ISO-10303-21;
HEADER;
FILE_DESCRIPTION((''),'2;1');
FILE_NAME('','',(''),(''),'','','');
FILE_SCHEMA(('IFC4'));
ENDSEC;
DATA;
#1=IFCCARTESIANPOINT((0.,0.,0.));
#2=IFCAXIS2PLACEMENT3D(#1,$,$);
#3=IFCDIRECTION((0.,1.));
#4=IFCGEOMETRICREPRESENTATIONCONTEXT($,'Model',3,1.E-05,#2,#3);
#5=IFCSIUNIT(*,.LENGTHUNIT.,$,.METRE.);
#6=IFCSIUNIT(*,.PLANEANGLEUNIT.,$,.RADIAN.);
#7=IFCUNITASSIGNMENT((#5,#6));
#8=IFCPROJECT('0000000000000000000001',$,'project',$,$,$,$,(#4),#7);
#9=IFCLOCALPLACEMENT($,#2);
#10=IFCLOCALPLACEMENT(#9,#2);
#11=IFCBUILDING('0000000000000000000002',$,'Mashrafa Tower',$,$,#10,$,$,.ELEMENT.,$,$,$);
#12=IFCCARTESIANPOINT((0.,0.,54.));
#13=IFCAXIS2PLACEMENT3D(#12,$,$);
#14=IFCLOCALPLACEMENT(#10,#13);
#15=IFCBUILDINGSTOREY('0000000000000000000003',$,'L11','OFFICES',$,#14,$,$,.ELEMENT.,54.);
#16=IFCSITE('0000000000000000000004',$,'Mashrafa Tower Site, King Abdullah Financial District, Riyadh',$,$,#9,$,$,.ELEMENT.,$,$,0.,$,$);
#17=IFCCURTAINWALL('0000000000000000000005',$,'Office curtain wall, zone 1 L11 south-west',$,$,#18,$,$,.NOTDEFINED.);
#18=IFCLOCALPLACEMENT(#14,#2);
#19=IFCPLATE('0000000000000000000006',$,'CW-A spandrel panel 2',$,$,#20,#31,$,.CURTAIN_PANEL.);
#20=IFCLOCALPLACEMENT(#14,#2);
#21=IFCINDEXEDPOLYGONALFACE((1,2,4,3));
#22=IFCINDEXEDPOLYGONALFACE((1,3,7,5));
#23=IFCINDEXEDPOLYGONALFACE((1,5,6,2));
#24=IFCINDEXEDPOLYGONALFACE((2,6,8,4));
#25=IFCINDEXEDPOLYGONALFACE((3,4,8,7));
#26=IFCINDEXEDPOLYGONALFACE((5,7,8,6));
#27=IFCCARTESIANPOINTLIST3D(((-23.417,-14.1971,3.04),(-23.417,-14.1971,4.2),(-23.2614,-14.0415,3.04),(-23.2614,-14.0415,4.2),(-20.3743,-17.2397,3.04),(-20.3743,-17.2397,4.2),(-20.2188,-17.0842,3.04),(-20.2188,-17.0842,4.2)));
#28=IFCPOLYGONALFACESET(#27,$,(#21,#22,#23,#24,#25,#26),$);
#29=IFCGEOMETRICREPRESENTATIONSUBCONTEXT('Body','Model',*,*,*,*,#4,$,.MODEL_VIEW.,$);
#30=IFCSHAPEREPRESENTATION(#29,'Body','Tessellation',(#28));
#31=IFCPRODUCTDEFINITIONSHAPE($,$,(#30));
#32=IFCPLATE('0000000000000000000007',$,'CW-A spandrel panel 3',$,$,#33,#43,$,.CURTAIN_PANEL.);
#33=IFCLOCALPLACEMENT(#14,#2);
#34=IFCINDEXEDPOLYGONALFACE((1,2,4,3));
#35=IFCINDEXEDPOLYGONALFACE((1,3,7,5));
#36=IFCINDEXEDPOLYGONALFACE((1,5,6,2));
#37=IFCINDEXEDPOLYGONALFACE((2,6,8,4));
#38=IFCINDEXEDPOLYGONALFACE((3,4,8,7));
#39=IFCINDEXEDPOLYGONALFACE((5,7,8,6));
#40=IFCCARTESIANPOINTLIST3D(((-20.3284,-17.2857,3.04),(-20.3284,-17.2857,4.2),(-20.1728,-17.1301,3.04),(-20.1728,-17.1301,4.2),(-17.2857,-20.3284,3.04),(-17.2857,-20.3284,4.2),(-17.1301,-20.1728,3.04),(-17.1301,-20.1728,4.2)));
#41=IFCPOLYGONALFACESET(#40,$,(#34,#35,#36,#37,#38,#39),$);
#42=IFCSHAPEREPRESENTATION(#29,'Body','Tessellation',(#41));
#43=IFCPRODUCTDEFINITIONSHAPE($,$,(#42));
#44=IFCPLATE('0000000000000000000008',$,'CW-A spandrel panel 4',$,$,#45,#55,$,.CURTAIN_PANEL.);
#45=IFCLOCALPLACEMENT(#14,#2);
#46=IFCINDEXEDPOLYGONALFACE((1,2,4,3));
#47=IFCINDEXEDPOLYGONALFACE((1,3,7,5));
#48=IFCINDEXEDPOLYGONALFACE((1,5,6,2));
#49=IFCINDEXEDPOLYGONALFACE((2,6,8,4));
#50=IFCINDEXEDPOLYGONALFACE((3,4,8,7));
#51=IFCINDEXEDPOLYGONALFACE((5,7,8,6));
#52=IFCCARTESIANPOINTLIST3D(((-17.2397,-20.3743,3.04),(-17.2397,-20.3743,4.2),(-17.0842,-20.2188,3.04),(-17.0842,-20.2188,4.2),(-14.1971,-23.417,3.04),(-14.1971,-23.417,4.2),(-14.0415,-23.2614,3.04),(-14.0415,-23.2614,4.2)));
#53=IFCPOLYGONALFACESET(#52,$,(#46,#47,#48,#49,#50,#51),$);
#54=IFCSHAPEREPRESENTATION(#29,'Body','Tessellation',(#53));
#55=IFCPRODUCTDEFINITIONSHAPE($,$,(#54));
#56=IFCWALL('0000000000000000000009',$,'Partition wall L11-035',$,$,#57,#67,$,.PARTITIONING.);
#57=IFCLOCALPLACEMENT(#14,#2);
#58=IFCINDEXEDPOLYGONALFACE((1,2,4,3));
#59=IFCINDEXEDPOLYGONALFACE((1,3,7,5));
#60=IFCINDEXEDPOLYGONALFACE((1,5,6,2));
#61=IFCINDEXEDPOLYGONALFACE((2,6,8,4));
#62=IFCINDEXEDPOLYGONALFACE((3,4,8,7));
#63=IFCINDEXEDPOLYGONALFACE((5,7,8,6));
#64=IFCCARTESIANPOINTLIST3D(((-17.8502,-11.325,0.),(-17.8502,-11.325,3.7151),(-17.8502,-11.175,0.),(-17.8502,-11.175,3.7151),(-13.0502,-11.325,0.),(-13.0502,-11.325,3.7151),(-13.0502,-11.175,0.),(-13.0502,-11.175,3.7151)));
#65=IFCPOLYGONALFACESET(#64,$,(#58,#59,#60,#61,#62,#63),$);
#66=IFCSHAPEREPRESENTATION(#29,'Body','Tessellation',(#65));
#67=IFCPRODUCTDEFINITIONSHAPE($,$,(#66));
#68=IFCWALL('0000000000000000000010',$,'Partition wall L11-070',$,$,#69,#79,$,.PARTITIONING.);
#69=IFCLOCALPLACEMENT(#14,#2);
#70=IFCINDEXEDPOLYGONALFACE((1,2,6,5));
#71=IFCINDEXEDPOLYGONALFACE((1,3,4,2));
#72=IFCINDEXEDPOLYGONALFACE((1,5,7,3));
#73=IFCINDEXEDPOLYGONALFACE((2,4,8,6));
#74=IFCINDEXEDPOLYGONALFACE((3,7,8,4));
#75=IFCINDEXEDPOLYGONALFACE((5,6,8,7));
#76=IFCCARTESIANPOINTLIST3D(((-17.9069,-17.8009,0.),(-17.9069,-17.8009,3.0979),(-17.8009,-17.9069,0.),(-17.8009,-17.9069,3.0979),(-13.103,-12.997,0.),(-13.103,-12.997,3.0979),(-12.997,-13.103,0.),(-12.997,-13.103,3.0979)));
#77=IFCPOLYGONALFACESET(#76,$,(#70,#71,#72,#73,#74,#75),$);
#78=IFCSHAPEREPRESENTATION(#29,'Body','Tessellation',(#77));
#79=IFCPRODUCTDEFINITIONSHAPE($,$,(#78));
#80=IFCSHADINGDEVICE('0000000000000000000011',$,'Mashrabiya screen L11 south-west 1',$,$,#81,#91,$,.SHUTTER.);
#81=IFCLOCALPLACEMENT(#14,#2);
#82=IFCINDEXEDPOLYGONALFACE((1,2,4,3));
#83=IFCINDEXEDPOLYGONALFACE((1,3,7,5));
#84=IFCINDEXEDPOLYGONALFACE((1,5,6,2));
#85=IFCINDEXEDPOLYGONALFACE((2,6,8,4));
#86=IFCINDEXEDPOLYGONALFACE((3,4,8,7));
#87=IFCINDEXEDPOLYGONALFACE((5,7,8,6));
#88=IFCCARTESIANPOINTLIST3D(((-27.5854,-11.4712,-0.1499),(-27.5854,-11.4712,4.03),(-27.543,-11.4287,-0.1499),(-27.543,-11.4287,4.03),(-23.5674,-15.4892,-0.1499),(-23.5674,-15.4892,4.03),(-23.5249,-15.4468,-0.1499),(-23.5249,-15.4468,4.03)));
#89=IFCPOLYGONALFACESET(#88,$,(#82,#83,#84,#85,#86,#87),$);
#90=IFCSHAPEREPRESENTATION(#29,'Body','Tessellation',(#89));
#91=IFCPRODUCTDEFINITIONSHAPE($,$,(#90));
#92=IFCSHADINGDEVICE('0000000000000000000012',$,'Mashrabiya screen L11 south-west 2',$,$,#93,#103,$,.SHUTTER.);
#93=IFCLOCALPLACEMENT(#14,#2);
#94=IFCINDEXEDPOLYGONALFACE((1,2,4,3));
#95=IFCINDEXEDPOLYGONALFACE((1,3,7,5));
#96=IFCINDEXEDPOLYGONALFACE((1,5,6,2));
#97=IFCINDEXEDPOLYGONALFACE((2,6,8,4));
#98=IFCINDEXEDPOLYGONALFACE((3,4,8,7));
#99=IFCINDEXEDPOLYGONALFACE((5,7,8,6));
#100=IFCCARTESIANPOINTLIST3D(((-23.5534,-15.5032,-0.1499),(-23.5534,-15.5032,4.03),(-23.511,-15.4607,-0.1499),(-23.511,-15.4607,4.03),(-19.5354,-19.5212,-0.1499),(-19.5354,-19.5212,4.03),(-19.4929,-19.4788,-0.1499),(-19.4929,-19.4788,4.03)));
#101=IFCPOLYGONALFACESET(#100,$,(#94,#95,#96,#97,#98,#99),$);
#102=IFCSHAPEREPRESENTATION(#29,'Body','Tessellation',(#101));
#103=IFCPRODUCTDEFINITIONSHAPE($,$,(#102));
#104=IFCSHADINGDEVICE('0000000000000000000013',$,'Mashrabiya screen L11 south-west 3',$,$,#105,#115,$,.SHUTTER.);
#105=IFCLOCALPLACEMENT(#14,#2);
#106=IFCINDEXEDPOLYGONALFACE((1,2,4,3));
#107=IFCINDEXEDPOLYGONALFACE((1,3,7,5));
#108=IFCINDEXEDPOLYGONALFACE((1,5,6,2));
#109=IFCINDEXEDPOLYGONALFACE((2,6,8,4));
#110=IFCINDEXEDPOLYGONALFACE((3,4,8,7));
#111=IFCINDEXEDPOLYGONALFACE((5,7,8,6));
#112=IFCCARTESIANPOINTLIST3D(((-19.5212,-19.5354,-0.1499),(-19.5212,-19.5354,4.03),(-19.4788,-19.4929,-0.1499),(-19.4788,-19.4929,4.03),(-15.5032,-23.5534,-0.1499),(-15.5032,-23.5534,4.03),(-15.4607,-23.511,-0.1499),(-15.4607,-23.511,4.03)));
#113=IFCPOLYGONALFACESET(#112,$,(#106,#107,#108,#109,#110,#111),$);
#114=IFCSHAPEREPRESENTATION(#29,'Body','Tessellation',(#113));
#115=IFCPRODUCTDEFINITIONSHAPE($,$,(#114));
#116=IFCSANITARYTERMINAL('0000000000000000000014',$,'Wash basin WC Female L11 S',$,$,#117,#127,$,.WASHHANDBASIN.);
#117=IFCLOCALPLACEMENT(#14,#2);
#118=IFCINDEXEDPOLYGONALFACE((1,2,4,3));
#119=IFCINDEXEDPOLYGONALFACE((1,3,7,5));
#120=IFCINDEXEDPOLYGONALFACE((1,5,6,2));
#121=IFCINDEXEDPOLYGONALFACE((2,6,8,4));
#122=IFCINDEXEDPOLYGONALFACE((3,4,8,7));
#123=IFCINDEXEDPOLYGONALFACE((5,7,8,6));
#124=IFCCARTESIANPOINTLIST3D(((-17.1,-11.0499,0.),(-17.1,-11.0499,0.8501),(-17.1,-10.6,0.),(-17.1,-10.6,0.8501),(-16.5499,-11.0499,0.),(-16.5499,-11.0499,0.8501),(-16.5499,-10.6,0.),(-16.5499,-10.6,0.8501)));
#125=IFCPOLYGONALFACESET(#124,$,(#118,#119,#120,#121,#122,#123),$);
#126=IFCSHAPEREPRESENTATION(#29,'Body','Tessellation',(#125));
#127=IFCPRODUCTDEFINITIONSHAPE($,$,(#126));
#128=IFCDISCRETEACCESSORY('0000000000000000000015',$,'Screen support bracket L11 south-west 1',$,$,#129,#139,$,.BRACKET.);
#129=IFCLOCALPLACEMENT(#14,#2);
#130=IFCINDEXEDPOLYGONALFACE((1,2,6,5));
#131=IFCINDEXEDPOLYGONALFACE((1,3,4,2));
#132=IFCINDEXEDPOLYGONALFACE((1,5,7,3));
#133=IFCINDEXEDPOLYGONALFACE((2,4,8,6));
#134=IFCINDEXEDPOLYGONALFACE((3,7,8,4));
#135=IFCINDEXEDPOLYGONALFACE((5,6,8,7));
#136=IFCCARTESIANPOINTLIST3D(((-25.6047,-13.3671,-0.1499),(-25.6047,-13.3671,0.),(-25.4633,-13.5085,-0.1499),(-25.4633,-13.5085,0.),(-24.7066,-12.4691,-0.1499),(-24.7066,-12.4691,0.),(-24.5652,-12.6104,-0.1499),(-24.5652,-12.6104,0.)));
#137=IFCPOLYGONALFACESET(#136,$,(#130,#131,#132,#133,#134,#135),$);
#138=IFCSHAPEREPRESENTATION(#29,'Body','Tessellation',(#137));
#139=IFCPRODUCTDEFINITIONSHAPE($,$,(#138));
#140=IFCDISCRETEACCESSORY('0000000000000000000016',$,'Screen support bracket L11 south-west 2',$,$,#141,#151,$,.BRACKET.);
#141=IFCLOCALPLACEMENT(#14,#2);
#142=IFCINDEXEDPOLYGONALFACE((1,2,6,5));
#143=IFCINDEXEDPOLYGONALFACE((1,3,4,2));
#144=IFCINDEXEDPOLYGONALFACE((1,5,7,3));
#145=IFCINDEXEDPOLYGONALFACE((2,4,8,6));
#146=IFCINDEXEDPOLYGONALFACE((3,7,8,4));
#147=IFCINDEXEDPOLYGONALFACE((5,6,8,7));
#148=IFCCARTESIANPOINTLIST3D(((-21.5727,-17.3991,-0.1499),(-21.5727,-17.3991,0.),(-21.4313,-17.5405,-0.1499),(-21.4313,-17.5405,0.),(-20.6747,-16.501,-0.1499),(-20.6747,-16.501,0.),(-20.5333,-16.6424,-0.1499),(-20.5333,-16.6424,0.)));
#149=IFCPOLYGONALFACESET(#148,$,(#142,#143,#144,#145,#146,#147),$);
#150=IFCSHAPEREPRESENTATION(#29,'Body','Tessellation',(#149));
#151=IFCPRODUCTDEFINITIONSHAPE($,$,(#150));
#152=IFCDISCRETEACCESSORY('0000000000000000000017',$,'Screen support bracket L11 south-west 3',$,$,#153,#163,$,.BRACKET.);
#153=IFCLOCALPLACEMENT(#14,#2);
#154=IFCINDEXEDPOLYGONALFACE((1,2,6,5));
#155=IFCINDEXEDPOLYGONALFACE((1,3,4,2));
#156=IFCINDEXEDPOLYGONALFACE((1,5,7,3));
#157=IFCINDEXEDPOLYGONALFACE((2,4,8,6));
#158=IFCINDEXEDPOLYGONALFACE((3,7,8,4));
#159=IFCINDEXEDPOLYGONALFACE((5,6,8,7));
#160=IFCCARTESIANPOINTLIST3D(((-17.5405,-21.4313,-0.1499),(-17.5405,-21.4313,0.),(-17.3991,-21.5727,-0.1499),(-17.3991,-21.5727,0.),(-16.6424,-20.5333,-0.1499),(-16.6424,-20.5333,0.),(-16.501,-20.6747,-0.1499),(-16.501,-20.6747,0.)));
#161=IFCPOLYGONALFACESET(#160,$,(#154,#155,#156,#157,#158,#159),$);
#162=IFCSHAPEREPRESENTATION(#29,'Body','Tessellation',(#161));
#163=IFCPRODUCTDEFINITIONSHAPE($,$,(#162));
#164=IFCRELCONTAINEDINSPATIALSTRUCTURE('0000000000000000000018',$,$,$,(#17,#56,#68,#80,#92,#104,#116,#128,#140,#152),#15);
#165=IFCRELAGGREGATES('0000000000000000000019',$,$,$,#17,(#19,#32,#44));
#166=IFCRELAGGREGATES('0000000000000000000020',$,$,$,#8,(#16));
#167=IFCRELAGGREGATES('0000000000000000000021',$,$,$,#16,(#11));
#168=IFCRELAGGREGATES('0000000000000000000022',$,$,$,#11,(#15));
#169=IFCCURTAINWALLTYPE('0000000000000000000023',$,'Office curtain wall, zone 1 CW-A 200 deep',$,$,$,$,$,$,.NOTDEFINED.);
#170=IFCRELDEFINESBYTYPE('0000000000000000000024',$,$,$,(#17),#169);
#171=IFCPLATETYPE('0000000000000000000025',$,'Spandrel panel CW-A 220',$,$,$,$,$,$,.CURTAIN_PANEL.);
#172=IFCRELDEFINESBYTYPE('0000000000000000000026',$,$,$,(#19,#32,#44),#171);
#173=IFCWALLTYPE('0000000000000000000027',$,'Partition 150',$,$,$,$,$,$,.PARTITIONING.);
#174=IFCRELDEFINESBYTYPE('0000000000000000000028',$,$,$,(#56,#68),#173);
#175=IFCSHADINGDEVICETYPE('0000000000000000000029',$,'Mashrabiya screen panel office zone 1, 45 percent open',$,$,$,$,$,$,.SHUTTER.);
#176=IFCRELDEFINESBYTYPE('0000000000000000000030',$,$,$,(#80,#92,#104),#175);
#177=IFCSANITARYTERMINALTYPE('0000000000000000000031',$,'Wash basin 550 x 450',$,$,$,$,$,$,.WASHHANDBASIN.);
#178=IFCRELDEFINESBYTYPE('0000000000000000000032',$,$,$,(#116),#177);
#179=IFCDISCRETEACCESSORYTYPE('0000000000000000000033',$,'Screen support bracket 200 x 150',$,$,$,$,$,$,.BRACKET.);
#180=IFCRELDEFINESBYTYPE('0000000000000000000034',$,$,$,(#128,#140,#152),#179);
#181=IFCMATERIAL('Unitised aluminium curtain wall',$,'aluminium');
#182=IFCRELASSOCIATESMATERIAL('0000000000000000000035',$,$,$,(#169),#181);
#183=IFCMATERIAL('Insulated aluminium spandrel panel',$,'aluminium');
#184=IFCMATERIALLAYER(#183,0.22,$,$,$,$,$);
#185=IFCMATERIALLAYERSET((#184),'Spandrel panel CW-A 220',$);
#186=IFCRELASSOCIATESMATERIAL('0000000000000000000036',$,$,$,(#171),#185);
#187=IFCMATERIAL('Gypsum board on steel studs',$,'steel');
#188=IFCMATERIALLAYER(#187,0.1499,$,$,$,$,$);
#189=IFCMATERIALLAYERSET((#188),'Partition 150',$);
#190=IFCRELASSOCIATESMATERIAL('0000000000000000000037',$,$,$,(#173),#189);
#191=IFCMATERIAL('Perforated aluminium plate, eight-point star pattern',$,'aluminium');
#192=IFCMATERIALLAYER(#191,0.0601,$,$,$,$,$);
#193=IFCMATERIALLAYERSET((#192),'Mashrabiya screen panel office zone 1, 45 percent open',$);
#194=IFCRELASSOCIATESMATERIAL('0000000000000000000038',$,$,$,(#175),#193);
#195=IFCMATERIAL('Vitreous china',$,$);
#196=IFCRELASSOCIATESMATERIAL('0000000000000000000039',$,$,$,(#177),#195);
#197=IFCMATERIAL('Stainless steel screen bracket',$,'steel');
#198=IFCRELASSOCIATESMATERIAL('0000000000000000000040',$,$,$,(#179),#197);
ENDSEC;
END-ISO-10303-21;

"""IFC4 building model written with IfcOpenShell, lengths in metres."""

from ifc_helpers import new_model, si_unit, direction, frame, frame_2d, origin, origin_2d, place, context, subcontext, project, spatial, rectangle, extrude, source, transform, mapped, material, layer, layer_set, type_object, type_shapes, element, aggregate, save


model = new_model("IFC4")

# Units and contexts
model_context = context("Model", 3, precision=1e-05, world=origin(), true_north=direction((0.0, 1.0)))
body_context = subcontext(model_context, "Body", "Model", "MODEL_VIEW")
ifc_project = project(units=[si_unit("LENGTHUNIT", "METRE"), si_unit("PLANEANGLEUNIT", "RADIAN")], contexts=[model_context])

# Site, building, storey
site_placement = place(None, origin())
site = spatial("IfcSite", under=ifc_project, at=site_placement, Name="Mashrafa Tower Site, King Abdullah Financial District, Riyadh", CompositionType="ELEMENT", RefElevation=0.0)
building_placement = place(site_placement, origin())
building = spatial("IfcBuilding", under=site, at=building_placement, Name="Mashrafa Tower", CompositionType="ELEMENT")
storey_placement = place(building_placement, frame((0.0, 0.0, 54.0)))
storey = spatial("IfcBuildingStorey", under=building, at=storey_placement, Name="L11", Description="OFFICES", CompositionType="ELEMENT", Elevation=54.0)

# Shared definitions
ifc_material_1 = material(Name="Unitised aluminium curtain wall", Category="aluminium")
curtain_wall_type = type_object("IfcCurtainWallType", Name="Office curtain wall, zone 1 CW-A 200 deep", PredefinedType="NOTDEFINED", material=ifc_material_1)

# Curtain wall, plates
curtain_wall_1_placement = place(storey_placement, origin())
curtain_wall_1 = element("IfcCurtainWall", 1, at=curtain_wall_1_placement, inside=storey, type_object=curtain_wall_type, Name="Office curtain wall, zone 1 L11 south-west", PredefinedType="NOTDEFINED")
ifc_material_2 = material(Name="Insulated aluminium spandrel panel", Category="aluminium")
ifc_layer_1 = layer(ifc_material_2, 0.22)
ifc_layer_set_1 = layer_set([ifc_layer_1], Name="Spandrel panel CW-A 220")
plate_type_1 = type_object("IfcPlateType", Name="Spandrel panel CW-A 220", PredefinedType="CURTAIN_PANEL", material=ifc_layer_set_1)
shared_shape_1 = source(origin(), body_context, "Body", "SweptSolid", [
    extrude(rectangle(XDim=4.303, YDim=0.22, at=origin_2d()), origin(), (0.0, 0.0, 1.0), 1.1599),
])
plate_1_placement = place(storey_placement, frame((-21.8179, -15.6406, 3.04), z_axis=(0.0, 0.0, 1.0), x_axis=(0.707107, -0.707107, 0.0)))
plate_1 = element("IfcPlate", 2, at=plate_1_placement, type_object=plate_type_1, Name="CW-A spandrel panel 2", PredefinedType="CURTAIN_PANEL", context=body_context, shape_type="MappedRepresentation", body=[
    mapped(shared_shape_1, transform((0.0, 0.0, 0.0))),
])
plate_2_placement = place(storey_placement, frame((-18.7292, -18.7292, 3.04), z_axis=(0.0, 0.0, 1.0), x_axis=(0.707107, -0.707107, 0.0)))
plate_2 = element("IfcPlate", 3, at=plate_2_placement, type_object=plate_type_1, Name="CW-A spandrel panel 3", PredefinedType="CURTAIN_PANEL", context=body_context, shape_type="MappedRepresentation", body=[
    mapped(shared_shape_1, transform((0.0, 0.0, 0.0))),
])
plate_3_placement = place(storey_placement, frame((-15.6406, -21.8179, 3.04), z_axis=(0.0, 0.0, 1.0), x_axis=(0.707107, -0.707107, 0.0)))
plate_3 = element("IfcPlate", 4, at=plate_3_placement, type_object=plate_type_1, Name="CW-A spandrel panel 4", PredefinedType="CURTAIN_PANEL", context=body_context, shape_type="MappedRepresentation", body=[
    mapped(shared_shape_1, transform((0.0, 0.0, 0.0))),
])
aggregate(curtain_wall_1, [plate_1, plate_2, plate_3])

# Walls
ifc_material_3 = material(Name="Gypsum board on steel studs", Category="steel")
ifc_layer_2 = layer(ifc_material_3, 0.1499)
ifc_layer_set_2 = layer_set([ifc_layer_2], Name="Partition 150")
wall_type = type_object("IfcWallType", Name="Partition 150", PredefinedType="PARTITIONING", material=ifc_layer_set_2)
wall_1_placement = place(storey_placement, frame((-17.8501, -11.25, 0.0), z_axis=(0.0, 0.0, 1.0), x_axis=(1.0, 0.0, 0.0)))
element("IfcWall", 5, at=wall_1_placement, inside=storey, type_object=wall_type, Name="Partition wall L11-035", PredefinedType="PARTITIONING", context=body_context, shape_type="SweptSolid", body=[
    extrude(rectangle(XDim=4.8, YDim=0.1499, at=frame_2d((2.3999, 0.0))), origin(), (0.0, 0.0, 1.0), 3.7151),
])
wall_2_placement = place(storey_placement, frame((-17.854, -17.854, 0.0), z_axis=(0.0, 0.0, 1.0), x_axis=(0.707107, 0.707107, 0.0)))
element("IfcWall", 6, at=wall_2_placement, inside=storey, type_object=wall_type, Name="Partition wall L11-070", PredefinedType="PARTITIONING", context=body_context, shape_type="SweptSolid", body=[
    extrude(rectangle(XDim=6.7937, YDim=0.1499, at=frame_2d((3.397, 0.0))), origin(), (0.0, 0.0, 1.0), 3.0979),
])

# Shading devices
ifc_material_4 = material(Name="Perforated aluminium plate, eight-point star pattern", Category="aluminium")
ifc_layer_3 = layer(ifc_material_4, 0.0601)
ifc_layer_set_3 = layer_set([ifc_layer_3], Name="Mashrabiya screen panel office zone 1, 45 percent open")
shading_device_type = type_object("IfcShadingDeviceType", Name="Mashrabiya screen panel office zone 1, 45 percent open", PredefinedType="SHUTTER", material=ifc_layer_set_3)
shared_shape_2 = source(origin(), body_context, "Body", "SweptSolid", [
    extrude(rectangle(XDim=5.6824, YDim=0.0601, at=origin_2d()), origin(), (0.0, 0.0, 1.0), 4.1799),
])
type_shapes(shading_device_type, [shared_shape_2])
for number, where, z_axis, x_axis, name in (
    (7, (-25.5552, -13.459, -0.1499), (0.0, 0.0, 1.0), (0.707107, -0.707107, 0.0), "Mashrabiya screen L11 south-west 1"),
    (8, (-21.5232, -17.491, -0.1499), (0.0, 0.0, 1.0), (0.707107, -0.707107, 0.0), "Mashrabiya screen L11 south-west 2"),
    (9, (-17.491, -21.5232, -0.1499), (0.0, 0.0, 1.0), (0.707107, -0.707107, 0.0), "Mashrabiya screen L11 south-west 3"),
):
    element("IfcShadingDevice", number, at=place(storey_placement, frame(where, z_axis=z_axis, x_axis=x_axis)), inside=storey, type_object=shading_device_type, Name=name, PredefinedType="SHUTTER", context=body_context, shape_type="MappedRepresentation", body=[
        mapped(shared_shape_2, transform((0.0, 0.0, 0.0))),
    ])

# Sanitary terminal
ifc_material_5 = material(Name="Vitreous china")
sanitary_terminal_type = type_object("IfcSanitaryTerminalType", Name="Wash basin 550 x 450", PredefinedType="WASHHANDBASIN", material=ifc_material_5)
sanitary_terminal_placement = place(storey_placement, frame((-16.825, -10.825, 0.0), z_axis=(0.0, 0.0, 1.0), x_axis=(1.0, 0.0, 0.0)))
element("IfcSanitaryTerminal", 10, at=sanitary_terminal_placement, inside=storey, type_object=sanitary_terminal_type, Name="Wash basin WC Female L11 S", PredefinedType="WASHHANDBASIN", context=body_context, shape_type="SweptSolid", body=[
    extrude(rectangle(XDim=0.55, YDim=0.45, at=origin_2d()), origin(), (0.0, 0.0, 1.0), 0.8501),
])

# Discrete accessories
ifc_material_6 = material(Name="Stainless steel screen bracket", Category="steel")
discrete_accessory_type = type_object("IfcDiscreteAccessoryType", Name="Screen support bracket 200 x 150", PredefinedType="BRACKET", material=ifc_material_6)
shared_shape_3 = source(origin(), body_context, "Body", "SweptSolid", [
    extrude(rectangle(XDim=0.2, YDim=1.27, at=origin_2d()), origin(), (0.0, 0.0, 1.0), 0.1499),
])
type_shapes(discrete_accessory_type, [shared_shape_3])
for number, where, z_axis, x_axis, name in (
    (11, (-25.085, -12.9888, -0.1499), (0.0, 0.0, 1.0), (0.707107, -0.707107, 0.0), "Screen support bracket L11 south-west 1"),
    (12, (-21.053, -17.0208, -0.1499), (0.0, 0.0, 1.0), (0.707107, -0.707107, 0.0), "Screen support bracket L11 south-west 2"),
    (13, (-17.0208, -21.053, -0.1499), (0.0, 0.0, 1.0), (0.707107, -0.707107, 0.0), "Screen support bracket L11 south-west 3"),
):
    element("IfcDiscreteAccessory", number, at=place(storey_placement, frame(where, z_axis=z_axis, x_axis=x_axis)), inside=storey, type_object=discrete_accessory_type, Name=name, PredefinedType="BRACKET", context=body_context, shape_type="MappedRepresentation", body=[
        mapped(shared_shape_3, transform((0.0, 0.0, 0.0))),
    ])

save(model, "model.ifc")
